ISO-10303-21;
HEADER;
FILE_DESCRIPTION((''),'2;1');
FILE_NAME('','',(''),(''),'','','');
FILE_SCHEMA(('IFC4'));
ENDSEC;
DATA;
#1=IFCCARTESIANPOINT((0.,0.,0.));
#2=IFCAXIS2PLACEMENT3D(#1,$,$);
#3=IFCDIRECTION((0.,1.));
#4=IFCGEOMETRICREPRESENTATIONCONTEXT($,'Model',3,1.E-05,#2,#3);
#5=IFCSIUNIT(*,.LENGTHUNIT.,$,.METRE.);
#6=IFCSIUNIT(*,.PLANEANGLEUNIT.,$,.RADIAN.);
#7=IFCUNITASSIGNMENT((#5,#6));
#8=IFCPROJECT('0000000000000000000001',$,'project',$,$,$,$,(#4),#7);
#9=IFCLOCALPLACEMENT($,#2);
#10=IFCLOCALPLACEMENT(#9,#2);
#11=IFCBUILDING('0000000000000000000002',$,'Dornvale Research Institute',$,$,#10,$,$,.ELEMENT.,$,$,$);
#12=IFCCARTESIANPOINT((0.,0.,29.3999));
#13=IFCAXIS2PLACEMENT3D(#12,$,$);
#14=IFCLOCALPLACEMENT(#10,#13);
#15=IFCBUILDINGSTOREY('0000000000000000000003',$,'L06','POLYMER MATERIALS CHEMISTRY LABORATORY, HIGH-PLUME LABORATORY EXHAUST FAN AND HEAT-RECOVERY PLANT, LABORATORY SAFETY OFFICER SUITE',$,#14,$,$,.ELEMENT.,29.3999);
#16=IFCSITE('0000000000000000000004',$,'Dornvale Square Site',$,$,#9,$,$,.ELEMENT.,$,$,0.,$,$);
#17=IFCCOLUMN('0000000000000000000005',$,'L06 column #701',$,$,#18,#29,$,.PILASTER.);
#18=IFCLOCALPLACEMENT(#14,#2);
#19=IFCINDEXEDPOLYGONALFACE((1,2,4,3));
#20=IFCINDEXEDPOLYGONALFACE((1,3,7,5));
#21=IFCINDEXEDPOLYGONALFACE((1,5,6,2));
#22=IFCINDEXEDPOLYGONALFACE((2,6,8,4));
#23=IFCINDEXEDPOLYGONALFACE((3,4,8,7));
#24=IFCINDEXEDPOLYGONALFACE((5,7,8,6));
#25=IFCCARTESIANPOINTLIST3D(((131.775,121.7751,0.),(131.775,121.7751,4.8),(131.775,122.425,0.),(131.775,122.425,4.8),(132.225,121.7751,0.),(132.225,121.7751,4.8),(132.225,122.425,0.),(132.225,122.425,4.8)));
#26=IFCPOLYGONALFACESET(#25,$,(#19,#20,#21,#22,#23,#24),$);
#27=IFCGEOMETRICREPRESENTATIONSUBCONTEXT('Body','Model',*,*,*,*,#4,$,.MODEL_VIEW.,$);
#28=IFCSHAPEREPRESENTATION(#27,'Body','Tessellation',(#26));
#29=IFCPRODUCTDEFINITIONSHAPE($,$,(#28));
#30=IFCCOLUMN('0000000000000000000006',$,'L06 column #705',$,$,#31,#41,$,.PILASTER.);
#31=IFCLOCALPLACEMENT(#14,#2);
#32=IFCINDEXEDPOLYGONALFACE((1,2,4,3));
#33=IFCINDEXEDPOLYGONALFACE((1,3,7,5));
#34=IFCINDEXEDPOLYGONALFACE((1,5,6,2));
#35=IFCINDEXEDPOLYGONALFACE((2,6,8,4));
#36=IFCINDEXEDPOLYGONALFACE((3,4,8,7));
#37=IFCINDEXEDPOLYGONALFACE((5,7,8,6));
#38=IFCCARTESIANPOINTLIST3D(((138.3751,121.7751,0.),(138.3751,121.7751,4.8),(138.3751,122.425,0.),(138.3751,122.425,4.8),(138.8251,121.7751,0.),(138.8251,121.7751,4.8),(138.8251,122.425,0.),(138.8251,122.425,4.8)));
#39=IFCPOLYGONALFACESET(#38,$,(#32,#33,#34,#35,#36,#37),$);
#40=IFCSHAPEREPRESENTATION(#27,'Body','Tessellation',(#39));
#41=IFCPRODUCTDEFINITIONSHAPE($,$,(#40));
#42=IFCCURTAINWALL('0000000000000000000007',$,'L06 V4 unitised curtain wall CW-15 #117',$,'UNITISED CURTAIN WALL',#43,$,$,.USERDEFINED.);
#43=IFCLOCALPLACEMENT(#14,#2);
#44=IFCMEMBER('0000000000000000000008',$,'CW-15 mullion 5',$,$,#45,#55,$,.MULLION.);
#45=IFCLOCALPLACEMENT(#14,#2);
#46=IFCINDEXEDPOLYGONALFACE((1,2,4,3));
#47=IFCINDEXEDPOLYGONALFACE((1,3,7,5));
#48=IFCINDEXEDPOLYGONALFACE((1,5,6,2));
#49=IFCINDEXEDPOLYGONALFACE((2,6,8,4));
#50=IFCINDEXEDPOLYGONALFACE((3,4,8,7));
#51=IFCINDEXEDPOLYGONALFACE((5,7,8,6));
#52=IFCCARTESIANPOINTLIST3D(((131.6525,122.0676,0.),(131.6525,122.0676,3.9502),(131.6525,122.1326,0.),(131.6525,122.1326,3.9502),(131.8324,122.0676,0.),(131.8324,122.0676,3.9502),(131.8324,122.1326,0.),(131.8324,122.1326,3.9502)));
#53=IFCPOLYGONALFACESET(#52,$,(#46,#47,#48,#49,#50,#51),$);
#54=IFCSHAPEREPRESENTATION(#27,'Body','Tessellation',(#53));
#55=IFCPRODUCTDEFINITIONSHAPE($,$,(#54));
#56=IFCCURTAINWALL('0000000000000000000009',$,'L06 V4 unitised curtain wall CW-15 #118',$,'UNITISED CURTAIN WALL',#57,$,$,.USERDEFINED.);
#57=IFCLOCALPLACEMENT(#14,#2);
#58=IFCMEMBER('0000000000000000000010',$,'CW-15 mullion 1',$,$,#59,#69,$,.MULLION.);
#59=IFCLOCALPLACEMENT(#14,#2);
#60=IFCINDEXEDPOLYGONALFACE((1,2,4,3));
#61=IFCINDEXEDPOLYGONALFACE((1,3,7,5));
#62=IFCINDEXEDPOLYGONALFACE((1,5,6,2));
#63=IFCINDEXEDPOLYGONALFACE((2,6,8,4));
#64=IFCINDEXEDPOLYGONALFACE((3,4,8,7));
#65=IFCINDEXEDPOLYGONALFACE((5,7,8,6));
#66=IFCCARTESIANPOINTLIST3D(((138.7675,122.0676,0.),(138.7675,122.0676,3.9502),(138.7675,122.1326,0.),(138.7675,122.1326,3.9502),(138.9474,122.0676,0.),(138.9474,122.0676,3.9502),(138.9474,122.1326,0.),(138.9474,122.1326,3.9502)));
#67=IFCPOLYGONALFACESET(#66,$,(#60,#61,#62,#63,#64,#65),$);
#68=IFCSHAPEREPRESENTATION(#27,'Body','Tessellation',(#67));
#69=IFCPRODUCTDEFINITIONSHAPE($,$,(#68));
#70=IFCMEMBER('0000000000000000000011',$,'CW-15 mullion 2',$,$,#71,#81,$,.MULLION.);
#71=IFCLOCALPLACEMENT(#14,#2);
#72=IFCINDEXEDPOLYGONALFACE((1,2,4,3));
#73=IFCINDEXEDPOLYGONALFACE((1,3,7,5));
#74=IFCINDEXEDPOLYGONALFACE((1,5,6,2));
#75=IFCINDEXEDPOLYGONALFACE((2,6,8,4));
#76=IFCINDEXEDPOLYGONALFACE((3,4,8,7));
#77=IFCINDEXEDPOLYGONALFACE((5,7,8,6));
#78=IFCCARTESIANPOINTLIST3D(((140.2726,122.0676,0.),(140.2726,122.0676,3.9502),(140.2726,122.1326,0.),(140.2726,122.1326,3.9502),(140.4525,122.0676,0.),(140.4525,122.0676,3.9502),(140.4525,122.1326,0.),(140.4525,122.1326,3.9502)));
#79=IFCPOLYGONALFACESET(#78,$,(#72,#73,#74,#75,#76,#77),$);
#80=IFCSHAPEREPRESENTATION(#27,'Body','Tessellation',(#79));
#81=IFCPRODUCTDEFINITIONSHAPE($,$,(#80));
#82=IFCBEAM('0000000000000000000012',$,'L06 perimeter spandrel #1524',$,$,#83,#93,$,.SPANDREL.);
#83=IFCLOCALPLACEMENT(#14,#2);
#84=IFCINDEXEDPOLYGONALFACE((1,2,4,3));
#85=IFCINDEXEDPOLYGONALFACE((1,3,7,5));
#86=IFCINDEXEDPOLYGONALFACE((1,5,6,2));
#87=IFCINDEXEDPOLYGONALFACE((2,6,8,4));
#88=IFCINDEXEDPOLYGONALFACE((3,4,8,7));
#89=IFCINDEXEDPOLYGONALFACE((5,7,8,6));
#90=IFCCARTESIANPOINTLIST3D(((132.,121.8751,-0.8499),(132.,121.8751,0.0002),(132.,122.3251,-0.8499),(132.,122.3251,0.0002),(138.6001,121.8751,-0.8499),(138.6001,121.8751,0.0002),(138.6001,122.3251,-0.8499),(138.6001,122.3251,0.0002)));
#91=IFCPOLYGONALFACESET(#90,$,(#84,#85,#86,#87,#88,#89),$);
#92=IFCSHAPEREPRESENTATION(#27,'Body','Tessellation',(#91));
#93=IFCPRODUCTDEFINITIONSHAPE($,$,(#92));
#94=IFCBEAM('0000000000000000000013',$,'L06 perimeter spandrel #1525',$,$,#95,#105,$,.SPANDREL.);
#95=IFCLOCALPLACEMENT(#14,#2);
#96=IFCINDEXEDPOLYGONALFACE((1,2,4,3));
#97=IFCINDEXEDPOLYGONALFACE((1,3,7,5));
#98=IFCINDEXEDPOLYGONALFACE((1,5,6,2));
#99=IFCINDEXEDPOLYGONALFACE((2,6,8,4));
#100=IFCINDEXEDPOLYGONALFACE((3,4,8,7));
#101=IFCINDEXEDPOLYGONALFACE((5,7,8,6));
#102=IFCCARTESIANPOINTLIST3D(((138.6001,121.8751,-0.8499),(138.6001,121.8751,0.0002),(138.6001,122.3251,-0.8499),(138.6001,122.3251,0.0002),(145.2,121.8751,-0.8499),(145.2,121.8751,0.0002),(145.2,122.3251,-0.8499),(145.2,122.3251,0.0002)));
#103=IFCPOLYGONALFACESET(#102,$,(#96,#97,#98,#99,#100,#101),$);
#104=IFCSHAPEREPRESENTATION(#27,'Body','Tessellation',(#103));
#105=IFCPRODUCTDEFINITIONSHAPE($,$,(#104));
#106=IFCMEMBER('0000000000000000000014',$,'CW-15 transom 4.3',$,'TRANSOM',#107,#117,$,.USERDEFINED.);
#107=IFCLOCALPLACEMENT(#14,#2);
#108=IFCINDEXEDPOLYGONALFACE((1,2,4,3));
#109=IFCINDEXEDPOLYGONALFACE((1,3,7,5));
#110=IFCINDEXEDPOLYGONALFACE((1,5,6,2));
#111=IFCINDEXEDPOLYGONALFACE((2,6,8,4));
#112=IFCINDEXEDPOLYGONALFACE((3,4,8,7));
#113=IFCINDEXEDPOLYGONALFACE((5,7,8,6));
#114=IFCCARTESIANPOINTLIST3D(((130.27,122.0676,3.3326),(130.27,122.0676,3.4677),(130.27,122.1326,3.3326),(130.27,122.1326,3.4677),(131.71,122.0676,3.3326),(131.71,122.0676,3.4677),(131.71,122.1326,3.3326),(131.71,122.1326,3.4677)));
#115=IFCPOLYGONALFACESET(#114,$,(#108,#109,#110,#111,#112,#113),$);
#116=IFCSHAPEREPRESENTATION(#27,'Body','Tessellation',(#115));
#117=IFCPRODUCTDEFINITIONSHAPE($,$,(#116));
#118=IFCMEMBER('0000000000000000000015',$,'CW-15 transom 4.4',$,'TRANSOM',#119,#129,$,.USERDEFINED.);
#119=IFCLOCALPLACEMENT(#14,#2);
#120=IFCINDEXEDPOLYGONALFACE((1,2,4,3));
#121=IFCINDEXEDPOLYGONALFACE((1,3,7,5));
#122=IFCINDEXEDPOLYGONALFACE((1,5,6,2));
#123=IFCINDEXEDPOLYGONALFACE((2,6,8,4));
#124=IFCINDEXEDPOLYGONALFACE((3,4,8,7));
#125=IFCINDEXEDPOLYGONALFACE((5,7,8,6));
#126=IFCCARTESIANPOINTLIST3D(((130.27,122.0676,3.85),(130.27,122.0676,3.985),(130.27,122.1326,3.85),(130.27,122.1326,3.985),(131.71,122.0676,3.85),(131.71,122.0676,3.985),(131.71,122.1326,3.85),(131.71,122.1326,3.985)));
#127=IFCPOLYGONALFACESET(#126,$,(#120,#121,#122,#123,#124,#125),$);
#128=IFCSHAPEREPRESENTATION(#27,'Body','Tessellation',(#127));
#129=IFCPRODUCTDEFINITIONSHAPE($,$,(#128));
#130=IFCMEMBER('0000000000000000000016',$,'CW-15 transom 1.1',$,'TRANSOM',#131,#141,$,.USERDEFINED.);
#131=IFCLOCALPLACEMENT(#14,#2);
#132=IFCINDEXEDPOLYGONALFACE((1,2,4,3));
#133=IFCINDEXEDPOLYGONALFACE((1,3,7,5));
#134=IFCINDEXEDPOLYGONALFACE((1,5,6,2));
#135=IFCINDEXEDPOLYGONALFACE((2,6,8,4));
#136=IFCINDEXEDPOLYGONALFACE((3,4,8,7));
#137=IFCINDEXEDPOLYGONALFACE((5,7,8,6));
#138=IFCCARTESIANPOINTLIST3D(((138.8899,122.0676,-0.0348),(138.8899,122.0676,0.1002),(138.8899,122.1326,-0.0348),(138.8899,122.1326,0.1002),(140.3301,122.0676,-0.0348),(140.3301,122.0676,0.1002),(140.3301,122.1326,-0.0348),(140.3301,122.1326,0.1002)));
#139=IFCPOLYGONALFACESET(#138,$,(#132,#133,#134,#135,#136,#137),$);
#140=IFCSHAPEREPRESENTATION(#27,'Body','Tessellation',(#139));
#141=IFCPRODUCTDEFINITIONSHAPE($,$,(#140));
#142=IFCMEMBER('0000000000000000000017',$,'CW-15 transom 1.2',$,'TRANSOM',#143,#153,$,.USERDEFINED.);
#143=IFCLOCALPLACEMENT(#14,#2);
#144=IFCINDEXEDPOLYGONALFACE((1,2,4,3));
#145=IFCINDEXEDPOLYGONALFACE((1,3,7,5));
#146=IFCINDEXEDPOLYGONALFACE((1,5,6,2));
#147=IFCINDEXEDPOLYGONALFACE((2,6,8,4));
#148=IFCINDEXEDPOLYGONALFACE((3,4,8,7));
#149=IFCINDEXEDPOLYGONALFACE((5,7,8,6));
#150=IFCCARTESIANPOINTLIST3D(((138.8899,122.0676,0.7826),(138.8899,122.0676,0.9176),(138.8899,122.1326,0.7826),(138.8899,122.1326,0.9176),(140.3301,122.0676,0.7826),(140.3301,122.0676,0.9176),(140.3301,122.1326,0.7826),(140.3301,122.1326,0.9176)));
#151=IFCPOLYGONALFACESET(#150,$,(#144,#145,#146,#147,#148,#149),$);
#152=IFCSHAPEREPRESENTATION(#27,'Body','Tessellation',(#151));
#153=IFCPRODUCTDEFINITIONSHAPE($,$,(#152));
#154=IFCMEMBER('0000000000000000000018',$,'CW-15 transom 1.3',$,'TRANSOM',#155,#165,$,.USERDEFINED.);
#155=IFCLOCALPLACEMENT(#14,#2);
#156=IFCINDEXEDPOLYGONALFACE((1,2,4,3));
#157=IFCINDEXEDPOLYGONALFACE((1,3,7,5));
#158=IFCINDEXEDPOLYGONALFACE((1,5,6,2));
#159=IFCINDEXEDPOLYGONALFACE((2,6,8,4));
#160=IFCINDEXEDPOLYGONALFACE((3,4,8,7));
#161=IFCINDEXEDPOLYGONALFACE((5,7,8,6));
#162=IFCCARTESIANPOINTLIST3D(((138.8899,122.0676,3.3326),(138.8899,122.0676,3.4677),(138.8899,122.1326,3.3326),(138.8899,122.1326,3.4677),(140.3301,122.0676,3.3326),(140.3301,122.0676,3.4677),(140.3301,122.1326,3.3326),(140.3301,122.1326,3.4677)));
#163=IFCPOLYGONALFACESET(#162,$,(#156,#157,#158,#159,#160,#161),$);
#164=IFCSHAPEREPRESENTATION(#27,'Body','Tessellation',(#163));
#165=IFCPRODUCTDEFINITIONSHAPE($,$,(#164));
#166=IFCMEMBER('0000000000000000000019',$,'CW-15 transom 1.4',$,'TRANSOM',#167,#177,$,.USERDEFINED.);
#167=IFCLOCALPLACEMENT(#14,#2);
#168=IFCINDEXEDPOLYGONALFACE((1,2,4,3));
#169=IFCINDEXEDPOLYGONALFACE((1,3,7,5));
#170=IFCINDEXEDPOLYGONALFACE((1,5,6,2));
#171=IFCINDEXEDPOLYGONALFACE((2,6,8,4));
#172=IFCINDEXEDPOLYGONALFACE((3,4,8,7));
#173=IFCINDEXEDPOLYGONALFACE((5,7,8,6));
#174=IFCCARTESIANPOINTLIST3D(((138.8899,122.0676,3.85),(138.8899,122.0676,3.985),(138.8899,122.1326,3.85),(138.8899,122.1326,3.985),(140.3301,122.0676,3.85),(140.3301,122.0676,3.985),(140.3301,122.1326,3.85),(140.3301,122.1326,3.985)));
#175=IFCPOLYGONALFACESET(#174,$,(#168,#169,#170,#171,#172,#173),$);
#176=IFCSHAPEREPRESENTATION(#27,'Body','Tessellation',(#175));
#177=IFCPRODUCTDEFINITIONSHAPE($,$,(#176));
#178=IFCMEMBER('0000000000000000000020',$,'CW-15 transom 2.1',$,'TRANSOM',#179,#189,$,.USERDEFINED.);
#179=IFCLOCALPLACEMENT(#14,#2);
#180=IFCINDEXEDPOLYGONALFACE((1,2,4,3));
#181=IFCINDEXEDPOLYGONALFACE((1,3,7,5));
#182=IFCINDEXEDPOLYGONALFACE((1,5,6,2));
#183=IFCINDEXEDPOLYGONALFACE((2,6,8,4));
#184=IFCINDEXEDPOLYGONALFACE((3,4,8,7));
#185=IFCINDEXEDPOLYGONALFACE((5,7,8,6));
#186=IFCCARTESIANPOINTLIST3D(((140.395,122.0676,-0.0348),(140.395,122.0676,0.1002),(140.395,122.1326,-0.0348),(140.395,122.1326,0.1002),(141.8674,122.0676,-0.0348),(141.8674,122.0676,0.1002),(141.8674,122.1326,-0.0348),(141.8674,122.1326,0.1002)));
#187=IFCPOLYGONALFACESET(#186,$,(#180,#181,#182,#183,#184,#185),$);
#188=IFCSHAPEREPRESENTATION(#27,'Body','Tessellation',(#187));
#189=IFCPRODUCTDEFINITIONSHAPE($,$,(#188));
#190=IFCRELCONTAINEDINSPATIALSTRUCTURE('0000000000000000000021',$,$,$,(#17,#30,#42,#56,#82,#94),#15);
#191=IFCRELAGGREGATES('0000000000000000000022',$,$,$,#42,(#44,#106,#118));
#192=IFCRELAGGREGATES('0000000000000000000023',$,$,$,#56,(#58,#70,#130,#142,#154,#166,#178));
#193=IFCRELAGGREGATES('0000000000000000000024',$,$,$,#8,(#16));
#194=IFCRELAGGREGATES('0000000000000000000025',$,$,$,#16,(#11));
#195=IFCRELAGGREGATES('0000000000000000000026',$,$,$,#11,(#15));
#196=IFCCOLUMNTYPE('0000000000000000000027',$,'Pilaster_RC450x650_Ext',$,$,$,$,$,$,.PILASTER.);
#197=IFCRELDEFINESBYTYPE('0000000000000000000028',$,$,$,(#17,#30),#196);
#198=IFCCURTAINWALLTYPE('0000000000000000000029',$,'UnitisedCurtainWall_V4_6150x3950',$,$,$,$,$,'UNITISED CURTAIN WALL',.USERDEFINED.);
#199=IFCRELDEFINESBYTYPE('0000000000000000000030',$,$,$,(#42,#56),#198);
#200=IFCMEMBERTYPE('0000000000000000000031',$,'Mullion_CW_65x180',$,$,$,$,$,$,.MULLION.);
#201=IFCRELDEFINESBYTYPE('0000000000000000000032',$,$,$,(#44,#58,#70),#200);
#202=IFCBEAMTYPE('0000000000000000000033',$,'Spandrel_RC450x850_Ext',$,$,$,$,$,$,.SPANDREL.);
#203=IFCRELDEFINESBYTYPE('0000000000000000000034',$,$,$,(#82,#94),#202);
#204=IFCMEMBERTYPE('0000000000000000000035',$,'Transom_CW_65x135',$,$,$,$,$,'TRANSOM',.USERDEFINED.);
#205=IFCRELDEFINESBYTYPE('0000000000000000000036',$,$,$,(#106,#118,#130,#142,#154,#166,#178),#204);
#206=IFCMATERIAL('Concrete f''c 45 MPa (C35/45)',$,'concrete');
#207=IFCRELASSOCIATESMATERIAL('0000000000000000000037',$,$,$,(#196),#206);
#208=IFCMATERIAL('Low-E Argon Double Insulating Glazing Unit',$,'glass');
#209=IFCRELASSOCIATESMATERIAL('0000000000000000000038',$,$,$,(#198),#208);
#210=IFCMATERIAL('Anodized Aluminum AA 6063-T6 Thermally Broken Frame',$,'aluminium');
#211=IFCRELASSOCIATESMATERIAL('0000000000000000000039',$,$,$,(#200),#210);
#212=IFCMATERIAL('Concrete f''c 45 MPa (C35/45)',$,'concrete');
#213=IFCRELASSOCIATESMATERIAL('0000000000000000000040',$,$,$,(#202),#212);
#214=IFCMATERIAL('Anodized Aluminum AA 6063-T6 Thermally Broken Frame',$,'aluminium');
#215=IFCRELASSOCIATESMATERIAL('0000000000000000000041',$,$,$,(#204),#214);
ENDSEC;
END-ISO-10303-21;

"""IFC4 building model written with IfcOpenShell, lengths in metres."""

from ifc_helpers import new_model, si_unit, direction, frame, origin, origin_2d, place, context, subcontext, project, spatial, rectangle, extrude, material, material_profile, profile_set, type_object, element, aggregate, save


model = new_model("IFC4")

# Units and contexts
model_context = context("Model", 3, precision=1e-05, world=origin(), true_north=direction((0.0, 1.0)))
body_context = subcontext(model_context, "Body", "Model", "MODEL_VIEW")
ifc_project = project(units=[si_unit("LENGTHUNIT", "METRE"), si_unit("PLANEANGLEUNIT", "RADIAN")], contexts=[model_context])

# Site, building, storey
site_placement = place(None, origin())
site = spatial("IfcSite", under=ifc_project, at=site_placement, Name="Dornvale Square Site", CompositionType="ELEMENT", RefElevation=0.0)
building_placement = place(site_placement, origin())
building = spatial("IfcBuilding", under=site, at=building_placement, Name="Dornvale Research Institute", CompositionType="ELEMENT")
storey_placement = place(building_placement, frame((0.0, 0.0, 29.3999)))
storey = spatial("IfcBuildingStorey", under=building, at=storey_placement, Name="L06", Description="POLYMER MATERIALS CHEMISTRY LABORATORY, HIGH-PLUME LABORATORY EXHAUST FAN AND HEAT-RECOVERY PLANT, LABORATORY SAFETY OFFICER SUITE", CompositionType="ELEMENT", Elevation=29.3999)

# Columns
ifc_material_1 = material(Name="Concrete f'c 45 MPa (C35/45)", Category="concrete")
ifc_material_profile_1 = material_profile(ifc_material_1, rectangle(XDim=0.45, YDim=0.6499, at=origin_2d()), Name="RC 450x650")
ifc_profile_set_1 = profile_set([ifc_material_profile_1], Name="Concrete f'c 45 MPa (C35/45)")
column_type = type_object("IfcColumnType", Name="Pilaster_RC450x650_Ext", PredefinedType="PILASTER", material=ifc_profile_set_1)
for number, where, z_axis, x_axis, name in (
    (1, (132.0, 122.1001, 0.0), (0.0, 0.0, 1.0), (1.0, 0.0, 0.0), "L06 column #701"),
    (2, (138.6001, 122.1001, 0.0), (0.0, 0.0, 1.0), (1.0, 0.0, 0.0), "L06 column #705"),
):
    element("IfcColumn", number, at=place(storey_placement, frame(where, z_axis=z_axis, x_axis=x_axis)), inside=storey, type_object=column_type, Name=name, PredefinedType="PILASTER", context=body_context, shape_type="SweptSolid", body=[
        extrude(rectangle(XDim=0.45, YDim=0.6499, at=origin_2d()), origin(), (0.0, 0.0, 1.0), 4.8),
    ])

# Curtain wall, member
ifc_material_2 = material(Name="Low-E Argon Double Insulating Glazing Unit", Category="glass")
curtain_wall_type = type_object("IfcCurtainWallType", Name="UnitisedCurtainWall_V4_6150x3950", ElementType="UNITISED CURTAIN WALL", PredefinedType="USERDEFINED", material=ifc_material_2)
curtain_wall_1_placement = place(storey_placement, origin())
curtain_wall_1 = element("IfcCurtainWall", 3, at=curtain_wall_1_placement, inside=storey, type_object=curtain_wall_type, Name="L06 V4 unitised curtain wall CW-15 #117", ObjectType="UNITISED CURTAIN WALL", PredefinedType="USERDEFINED")
ifc_material_3 = material(Name="Anodized Aluminum AA 6063-T6 Thermally Broken Frame", Category="aluminium")
ifc_material_profile_2 = material_profile(ifc_material_3, rectangle(XDim=0.0649, YDim=0.1799, at=origin_2d()), Name="ALU MULLION 65x180")
ifc_profile_set_2 = profile_set([ifc_material_profile_2], Name="Anodized Aluminum AA 6063-T6 Thermally Broken Frame")
member_type_1 = type_object("IfcMemberType", Name="Mullion_CW_65x180", PredefinedType="MULLION", material=ifc_profile_set_2)
member_1_placement = place(storey_placement, frame((131.7424, 122.1001, 0.0), z_axis=(0.0, 0.0, 1.0), x_axis=(0.0, 1.0, 0.0)))
member_1 = element("IfcMember", 4, at=member_1_placement, type_object=member_type_1, Name="CW-15 mullion 5", PredefinedType="MULLION", context=body_context, shape_type="SweptSolid", body=[
    extrude(rectangle(XDim=0.0649, YDim=0.1799, at=origin_2d()), origin(), (0.0, 0.0, 1.0), 3.9502),
])

# Curtain wall, members
curtain_wall_2_placement = place(storey_placement, origin())
curtain_wall_2 = element("IfcCurtainWall", 5, at=curtain_wall_2_placement, inside=storey, type_object=curtain_wall_type, Name="L06 V4 unitised curtain wall CW-15 #118", ObjectType="UNITISED CURTAIN WALL", PredefinedType="USERDEFINED")
member_2_placement = place(storey_placement, frame((138.8574, 122.1001, 0.0), z_axis=(0.0, 0.0, 1.0), x_axis=(0.0, 1.0, 0.0)))
member_2 = element("IfcMember", 6, at=member_2_placement, type_object=member_type_1, Name="CW-15 mullion 1", PredefinedType="MULLION", context=body_context, shape_type="SweptSolid", body=[
    extrude(rectangle(XDim=0.0649, YDim=0.1799, at=origin_2d()), origin(), (0.0, 0.0, 1.0), 3.9502),
])
member_3_placement = place(storey_placement, frame((140.3625, 122.1001, 0.0), z_axis=(0.0, 0.0, 1.0), x_axis=(0.0, 1.0, 0.0)))
member_3 = element("IfcMember", 7, at=member_3_placement, type_object=member_type_1, Name="CW-15 mullion 2", PredefinedType="MULLION", context=body_context, shape_type="SweptSolid", body=[
    extrude(rectangle(XDim=0.0649, YDim=0.1799, at=origin_2d()), origin(), (0.0, 0.0, 1.0), 3.9502),
])

# Beams
ifc_material_4 = material(Name="Concrete f'c 45 MPa (C35/45)", Category="concrete")
ifc_material_profile_3 = material_profile(ifc_material_4, rectangle(XDim=0.45, YDim=0.8501, at=origin_2d()), Name="RC 450x850")
ifc_profile_set_3 = profile_set([ifc_material_profile_3], Name="Concrete f'c 45 MPa (C35/45)")
beam_type = type_object("IfcBeamType", Name="Spandrel_RC450x850_Ext", PredefinedType="SPANDREL", material=ifc_profile_set_3)
beam_1_placement = place(storey_placement, frame((132.0, 122.1001, -0.4248), z_axis=(1.0, 0.0, 0.0), x_axis=(0.0, 1.0, 0.0)))
element("IfcBeam", 8, at=beam_1_placement, inside=storey, type_object=beam_type, Name="L06 perimeter spandrel #1524", PredefinedType="SPANDREL", context=body_context, shape_type="SweptSolid", body=[
    extrude(rectangle(XDim=0.45, YDim=0.8501, at=origin_2d()), origin(), (0.0, 0.0, 1.0), 6.6001),
])
beam_2_placement = place(storey_placement, frame((138.6001, 122.1001, -0.4248), z_axis=(1.0, 0.0, 0.0), x_axis=(0.0, 1.0, 0.0)))
element("IfcBeam", 9, at=beam_2_placement, inside=storey, type_object=beam_type, Name="L06 perimeter spandrel #1525", PredefinedType="SPANDREL", context=body_context, shape_type="SweptSolid", body=[
    extrude(rectangle(XDim=0.45, YDim=0.8501, at=origin_2d()), origin(), (0.0, 0.0, 1.0), 6.5999),
])

# Members
ifc_material_5 = material(Name="Anodized Aluminum AA 6063-T6 Thermally Broken Frame", Category="aluminium")
ifc_material_profile_4 = material_profile(ifc_material_5, rectangle(XDim=0.0649, YDim=0.135, at=origin_2d()), Name="ALU TRANSOM 65x135")
ifc_profile_set_4 = profile_set([ifc_material_profile_4], Name="Anodized Aluminum AA 6063-T6 Thermally Broken Frame")
member_type_2 = type_object("IfcMemberType", Name="Transom_CW_65x135", ElementType="TRANSOM", PredefinedType="USERDEFINED", material=ifc_profile_set_4)
member_4_placement = place(storey_placement, frame((130.27, 122.1001, 3.4001), z_axis=(1.0, 0.0, 0.0), x_axis=(0.0, 1.0, 0.0)))
member_4 = element("IfcMember", 10, at=member_4_placement, type_object=member_type_2, Name="CW-15 transom 4.3", ObjectType="TRANSOM", PredefinedType="USERDEFINED", context=body_context, shape_type="SweptSolid", body=[
    extrude(rectangle(XDim=0.0649, YDim=0.135, at=origin_2d()), origin(), (0.0, 0.0, 1.0), 1.4399),
])
member_5_placement = place(storey_placement, frame((130.27, 122.1001, 3.9175), z_axis=(1.0, 0.0, 0.0), x_axis=(0.0, 1.0, 0.0)))
member_5 = element("IfcMember", 11, at=member_5_placement, type_object=member_type_2, Name="CW-15 transom 4.4", ObjectType="TRANSOM", PredefinedType="USERDEFINED", context=body_context, shape_type="SweptSolid", body=[
    extrude(rectangle(XDim=0.0649, YDim=0.135, at=origin_2d()), origin(), (0.0, 0.0, 1.0), 1.4399),
])
member_6_placement = place(storey_placement, frame((138.8899, 122.1001, 0.0327), z_axis=(1.0, 0.0, 0.0), x_axis=(0.0, 1.0, 0.0)))
member_6 = element("IfcMember", 12, at=member_6_placement, type_object=member_type_2, Name="CW-15 transom 1.1", ObjectType="TRANSOM", PredefinedType="USERDEFINED", context=body_context, shape_type="SweptSolid", body=[
    extrude(rectangle(XDim=0.0649, YDim=0.135, at=origin_2d()), origin(), (0.0, 0.0, 1.0), 1.4402),
])
member_7_placement = place(storey_placement, frame((138.8899, 122.1001, 0.8501), z_axis=(1.0, 0.0, 0.0), x_axis=(0.0, 1.0, 0.0)))
member_7 = element("IfcMember", 13, at=member_7_placement, type_object=member_type_2, Name="CW-15 transom 1.2", ObjectType="TRANSOM", PredefinedType="USERDEFINED", context=body_context, shape_type="SweptSolid", body=[
    extrude(rectangle(XDim=0.0649, YDim=0.135, at=origin_2d()), origin(), (0.0, 0.0, 1.0), 1.4402),
])
member_8_placement = place(storey_placement, frame((138.8899, 122.1001, 3.4001), z_axis=(1.0, 0.0, 0.0), x_axis=(0.0, 1.0, 0.0)))
member_8 = element("IfcMember", 14, at=member_8_placement, type_object=member_type_2, Name="CW-15 transom 1.3", ObjectType="TRANSOM", PredefinedType="USERDEFINED", context=body_context, shape_type="SweptSolid", body=[
    extrude(rectangle(XDim=0.0649, YDim=0.135, at=origin_2d()), origin(), (0.0, 0.0, 1.0), 1.4402),
])
member_9_placement = place(storey_placement, frame((138.8899, 122.1001, 3.9175), z_axis=(1.0, 0.0, 0.0), x_axis=(0.0, 1.0, 0.0)))
member_9 = element("IfcMember", 15, at=member_9_placement, type_object=member_type_2, Name="CW-15 transom 1.4", ObjectType="TRANSOM", PredefinedType="USERDEFINED", context=body_context, shape_type="SweptSolid", body=[
    extrude(rectangle(XDim=0.0649, YDim=0.135, at=origin_2d()), origin(), (0.0, 0.0, 1.0), 1.4402),
])
member_10_placement = place(storey_placement, frame((140.395, 122.1001, 0.0327), z_axis=(1.0, 0.0, 0.0), x_axis=(0.0, 1.0, 0.0)))
member_10 = element("IfcMember", 16, at=member_10_placement, type_object=member_type_2, Name="CW-15 transom 2.1", ObjectType="TRANSOM", PredefinedType="USERDEFINED", context=body_context, shape_type="SweptSolid", body=[
    extrude(rectangle(XDim=0.0649, YDim=0.135, at=origin_2d()), origin(), (0.0, 0.0, 1.0), 1.4724),
])

aggregate(curtain_wall_1, [member_1, member_4, member_5])
aggregate(curtain_wall_2, [member_2, member_3, member_6, member_7, member_8, member_9, member_10])

save(model, "model.ifc")
